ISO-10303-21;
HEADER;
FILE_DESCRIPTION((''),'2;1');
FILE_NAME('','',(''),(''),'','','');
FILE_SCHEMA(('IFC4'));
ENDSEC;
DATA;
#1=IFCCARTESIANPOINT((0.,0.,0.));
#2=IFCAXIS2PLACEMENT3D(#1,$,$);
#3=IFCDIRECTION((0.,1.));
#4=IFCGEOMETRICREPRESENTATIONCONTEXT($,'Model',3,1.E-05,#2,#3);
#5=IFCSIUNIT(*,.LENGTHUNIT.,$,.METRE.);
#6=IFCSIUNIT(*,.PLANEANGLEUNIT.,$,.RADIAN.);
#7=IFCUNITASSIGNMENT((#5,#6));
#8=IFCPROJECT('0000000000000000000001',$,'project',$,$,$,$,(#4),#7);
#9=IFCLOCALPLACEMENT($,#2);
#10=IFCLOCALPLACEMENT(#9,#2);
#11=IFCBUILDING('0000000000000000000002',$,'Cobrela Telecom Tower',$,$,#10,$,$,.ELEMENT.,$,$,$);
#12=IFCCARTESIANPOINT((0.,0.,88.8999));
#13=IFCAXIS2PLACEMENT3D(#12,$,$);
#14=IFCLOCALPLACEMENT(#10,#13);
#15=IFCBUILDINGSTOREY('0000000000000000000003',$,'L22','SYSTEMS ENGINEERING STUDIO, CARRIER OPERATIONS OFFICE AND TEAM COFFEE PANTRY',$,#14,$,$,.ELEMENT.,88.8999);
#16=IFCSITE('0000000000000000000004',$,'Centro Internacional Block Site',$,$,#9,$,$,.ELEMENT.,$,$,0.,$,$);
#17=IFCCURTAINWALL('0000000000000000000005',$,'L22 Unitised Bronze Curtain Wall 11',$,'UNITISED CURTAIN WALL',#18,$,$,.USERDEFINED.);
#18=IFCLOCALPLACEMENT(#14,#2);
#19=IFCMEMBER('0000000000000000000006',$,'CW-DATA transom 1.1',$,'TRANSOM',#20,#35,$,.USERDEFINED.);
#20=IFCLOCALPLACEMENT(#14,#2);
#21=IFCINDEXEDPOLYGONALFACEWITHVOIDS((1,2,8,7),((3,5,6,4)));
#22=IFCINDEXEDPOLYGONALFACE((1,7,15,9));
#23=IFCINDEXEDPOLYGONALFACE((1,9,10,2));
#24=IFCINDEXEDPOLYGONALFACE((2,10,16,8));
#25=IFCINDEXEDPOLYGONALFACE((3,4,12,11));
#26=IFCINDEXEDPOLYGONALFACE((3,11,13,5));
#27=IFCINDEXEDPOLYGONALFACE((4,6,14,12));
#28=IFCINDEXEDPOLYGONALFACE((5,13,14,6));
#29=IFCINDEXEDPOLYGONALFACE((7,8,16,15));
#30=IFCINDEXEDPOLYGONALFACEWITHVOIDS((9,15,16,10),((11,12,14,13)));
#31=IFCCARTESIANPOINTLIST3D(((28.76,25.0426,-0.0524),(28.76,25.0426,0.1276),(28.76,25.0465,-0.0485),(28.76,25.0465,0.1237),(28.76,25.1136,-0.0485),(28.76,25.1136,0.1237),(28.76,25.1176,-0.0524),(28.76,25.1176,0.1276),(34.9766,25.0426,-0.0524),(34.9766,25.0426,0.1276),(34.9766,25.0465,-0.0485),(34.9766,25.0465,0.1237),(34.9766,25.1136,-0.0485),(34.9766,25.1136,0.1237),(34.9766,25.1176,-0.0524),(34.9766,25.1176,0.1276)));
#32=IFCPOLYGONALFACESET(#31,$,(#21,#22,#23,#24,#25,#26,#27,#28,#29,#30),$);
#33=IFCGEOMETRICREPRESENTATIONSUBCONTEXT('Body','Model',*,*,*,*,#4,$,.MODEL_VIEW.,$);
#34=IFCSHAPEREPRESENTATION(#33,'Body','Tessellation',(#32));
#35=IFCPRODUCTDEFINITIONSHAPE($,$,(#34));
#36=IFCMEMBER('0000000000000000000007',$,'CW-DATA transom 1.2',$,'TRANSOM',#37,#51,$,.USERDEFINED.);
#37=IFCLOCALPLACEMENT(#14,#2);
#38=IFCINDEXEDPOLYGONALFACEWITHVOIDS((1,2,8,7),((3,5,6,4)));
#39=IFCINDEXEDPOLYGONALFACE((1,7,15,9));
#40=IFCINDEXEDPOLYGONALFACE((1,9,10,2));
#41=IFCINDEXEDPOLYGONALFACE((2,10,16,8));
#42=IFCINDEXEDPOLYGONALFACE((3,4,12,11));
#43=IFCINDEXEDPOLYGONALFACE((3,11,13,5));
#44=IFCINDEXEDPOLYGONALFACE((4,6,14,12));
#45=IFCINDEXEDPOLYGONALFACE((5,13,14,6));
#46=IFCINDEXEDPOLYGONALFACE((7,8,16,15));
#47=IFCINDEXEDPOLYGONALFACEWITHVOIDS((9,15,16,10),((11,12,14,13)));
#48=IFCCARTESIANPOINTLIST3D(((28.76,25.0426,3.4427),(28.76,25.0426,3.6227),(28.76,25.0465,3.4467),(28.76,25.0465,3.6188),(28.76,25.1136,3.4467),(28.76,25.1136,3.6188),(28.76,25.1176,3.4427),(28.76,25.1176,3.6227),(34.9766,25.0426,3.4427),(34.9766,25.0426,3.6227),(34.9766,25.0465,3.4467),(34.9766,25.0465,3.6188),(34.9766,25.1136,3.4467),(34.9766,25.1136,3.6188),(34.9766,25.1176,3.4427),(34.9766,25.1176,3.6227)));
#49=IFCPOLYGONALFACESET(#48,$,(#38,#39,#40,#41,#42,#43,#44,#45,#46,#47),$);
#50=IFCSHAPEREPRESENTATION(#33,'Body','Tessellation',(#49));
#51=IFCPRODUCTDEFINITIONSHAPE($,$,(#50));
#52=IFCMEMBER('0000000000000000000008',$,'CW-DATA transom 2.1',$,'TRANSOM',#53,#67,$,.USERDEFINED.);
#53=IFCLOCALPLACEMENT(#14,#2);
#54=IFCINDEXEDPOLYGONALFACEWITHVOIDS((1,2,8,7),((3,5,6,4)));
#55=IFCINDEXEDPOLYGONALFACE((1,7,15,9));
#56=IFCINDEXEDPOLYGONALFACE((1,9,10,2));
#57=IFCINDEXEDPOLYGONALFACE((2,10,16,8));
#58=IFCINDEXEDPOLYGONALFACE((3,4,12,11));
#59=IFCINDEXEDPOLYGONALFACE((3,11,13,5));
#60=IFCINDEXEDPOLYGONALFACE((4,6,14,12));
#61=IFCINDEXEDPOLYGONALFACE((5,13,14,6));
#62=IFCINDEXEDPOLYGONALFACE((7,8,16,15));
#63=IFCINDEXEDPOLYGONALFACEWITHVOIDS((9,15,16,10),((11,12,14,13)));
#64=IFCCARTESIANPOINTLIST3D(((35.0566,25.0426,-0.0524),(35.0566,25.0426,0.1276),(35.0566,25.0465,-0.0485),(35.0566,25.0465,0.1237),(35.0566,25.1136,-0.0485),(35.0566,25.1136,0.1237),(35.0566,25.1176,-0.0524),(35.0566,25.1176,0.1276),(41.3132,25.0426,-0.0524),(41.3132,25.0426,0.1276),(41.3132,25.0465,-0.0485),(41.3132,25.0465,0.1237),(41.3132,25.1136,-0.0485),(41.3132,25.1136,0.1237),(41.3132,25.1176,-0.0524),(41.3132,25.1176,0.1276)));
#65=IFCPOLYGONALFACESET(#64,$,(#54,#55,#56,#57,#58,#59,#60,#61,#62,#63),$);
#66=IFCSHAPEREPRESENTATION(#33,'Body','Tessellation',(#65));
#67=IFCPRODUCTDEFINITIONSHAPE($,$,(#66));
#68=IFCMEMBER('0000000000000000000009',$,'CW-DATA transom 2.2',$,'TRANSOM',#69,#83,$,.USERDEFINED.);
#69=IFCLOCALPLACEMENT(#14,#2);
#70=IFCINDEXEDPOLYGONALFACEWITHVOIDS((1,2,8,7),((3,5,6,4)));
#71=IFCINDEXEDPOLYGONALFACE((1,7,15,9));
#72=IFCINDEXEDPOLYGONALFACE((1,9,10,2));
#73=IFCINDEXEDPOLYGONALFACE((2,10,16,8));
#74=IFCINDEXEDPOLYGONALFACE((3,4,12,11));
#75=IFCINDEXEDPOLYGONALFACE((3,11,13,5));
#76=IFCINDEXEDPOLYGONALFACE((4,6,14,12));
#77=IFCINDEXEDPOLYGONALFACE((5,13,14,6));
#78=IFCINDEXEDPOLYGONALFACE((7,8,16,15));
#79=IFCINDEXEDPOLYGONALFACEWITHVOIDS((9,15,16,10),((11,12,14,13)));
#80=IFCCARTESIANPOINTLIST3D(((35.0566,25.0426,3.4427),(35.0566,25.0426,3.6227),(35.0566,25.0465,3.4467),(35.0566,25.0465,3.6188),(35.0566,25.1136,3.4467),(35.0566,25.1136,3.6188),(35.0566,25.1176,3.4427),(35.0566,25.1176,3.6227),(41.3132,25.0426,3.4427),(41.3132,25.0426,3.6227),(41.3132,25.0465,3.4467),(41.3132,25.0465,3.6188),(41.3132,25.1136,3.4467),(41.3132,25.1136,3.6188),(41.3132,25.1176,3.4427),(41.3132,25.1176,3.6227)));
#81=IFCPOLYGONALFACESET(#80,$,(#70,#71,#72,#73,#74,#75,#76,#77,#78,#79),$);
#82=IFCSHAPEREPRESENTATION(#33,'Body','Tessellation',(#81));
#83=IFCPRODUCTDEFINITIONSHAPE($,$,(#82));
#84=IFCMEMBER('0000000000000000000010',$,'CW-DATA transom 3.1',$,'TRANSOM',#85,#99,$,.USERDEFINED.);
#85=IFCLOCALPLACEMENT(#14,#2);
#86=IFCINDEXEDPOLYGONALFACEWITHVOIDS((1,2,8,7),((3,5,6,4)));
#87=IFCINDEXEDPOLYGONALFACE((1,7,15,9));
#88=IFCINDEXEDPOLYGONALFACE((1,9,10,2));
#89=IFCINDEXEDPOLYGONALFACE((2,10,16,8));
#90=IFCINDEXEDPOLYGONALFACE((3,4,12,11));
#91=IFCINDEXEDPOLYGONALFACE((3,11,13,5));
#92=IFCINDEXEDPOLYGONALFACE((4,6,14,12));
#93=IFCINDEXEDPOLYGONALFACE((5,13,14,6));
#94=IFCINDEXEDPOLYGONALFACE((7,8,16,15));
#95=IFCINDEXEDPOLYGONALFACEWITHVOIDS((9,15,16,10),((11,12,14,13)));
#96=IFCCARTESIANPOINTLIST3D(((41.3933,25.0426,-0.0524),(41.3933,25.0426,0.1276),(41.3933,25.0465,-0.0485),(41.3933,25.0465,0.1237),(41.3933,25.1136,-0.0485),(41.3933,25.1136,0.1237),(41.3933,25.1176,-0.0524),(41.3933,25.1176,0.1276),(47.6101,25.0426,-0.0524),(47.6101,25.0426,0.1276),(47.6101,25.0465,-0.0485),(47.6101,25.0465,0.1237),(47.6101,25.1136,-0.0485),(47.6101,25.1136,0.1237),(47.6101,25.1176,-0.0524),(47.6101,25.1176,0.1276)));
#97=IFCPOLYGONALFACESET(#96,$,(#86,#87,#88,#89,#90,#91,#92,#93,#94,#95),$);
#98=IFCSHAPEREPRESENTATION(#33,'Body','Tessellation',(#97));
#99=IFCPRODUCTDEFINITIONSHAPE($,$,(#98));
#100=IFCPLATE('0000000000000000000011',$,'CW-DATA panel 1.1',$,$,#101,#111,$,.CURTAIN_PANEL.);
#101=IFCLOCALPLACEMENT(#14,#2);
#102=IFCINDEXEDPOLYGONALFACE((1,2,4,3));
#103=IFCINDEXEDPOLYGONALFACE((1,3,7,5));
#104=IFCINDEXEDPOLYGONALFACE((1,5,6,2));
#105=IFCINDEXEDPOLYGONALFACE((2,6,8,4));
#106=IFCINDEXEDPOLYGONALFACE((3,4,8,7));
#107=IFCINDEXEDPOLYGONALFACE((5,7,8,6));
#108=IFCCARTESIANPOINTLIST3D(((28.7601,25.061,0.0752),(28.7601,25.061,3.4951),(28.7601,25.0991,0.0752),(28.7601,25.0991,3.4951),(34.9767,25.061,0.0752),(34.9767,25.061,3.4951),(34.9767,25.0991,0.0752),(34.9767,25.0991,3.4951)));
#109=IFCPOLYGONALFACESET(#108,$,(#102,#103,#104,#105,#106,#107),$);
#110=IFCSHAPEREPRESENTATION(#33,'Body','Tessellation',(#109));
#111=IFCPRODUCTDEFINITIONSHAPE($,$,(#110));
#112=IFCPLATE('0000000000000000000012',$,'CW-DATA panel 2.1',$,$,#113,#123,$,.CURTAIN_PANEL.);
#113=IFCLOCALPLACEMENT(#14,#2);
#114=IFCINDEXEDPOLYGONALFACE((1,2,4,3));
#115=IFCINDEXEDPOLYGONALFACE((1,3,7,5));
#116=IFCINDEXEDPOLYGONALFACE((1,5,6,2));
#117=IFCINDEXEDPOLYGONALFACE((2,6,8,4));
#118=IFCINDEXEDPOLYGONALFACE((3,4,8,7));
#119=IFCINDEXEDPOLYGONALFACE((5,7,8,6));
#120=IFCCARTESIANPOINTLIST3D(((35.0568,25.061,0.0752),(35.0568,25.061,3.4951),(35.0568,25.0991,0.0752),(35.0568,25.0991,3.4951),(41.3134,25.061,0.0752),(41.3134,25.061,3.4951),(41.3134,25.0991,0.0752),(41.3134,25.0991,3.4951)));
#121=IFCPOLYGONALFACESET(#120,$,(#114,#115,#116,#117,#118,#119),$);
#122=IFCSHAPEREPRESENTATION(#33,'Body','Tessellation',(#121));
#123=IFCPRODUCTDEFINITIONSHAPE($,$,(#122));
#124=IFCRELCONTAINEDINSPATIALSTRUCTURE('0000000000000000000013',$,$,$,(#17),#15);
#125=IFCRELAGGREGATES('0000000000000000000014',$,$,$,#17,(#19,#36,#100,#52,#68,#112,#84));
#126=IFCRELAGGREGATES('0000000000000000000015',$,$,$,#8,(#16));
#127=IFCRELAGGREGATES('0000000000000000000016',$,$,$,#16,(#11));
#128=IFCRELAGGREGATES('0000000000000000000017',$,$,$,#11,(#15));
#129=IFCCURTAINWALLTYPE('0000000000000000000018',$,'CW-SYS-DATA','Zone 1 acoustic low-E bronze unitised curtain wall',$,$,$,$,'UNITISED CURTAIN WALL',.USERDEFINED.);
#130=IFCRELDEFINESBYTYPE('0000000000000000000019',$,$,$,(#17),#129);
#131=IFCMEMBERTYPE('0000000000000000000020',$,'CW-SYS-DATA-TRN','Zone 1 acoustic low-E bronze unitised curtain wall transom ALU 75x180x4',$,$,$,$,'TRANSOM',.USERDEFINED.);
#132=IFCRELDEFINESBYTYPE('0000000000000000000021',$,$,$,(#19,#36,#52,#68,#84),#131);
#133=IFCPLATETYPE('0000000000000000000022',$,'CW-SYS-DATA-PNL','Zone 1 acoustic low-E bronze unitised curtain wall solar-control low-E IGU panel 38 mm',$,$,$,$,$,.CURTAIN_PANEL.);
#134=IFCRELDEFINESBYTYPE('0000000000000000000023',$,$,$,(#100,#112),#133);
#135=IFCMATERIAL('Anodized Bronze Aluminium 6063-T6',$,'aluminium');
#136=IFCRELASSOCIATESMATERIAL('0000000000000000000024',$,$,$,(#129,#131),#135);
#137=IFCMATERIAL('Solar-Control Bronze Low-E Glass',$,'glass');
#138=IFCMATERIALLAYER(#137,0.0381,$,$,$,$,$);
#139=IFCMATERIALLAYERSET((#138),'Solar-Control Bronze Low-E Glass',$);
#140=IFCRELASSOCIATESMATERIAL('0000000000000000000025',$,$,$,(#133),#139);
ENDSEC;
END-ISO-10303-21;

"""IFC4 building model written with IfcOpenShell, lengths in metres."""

from ifc_helpers import new_model, si_unit, direction, frame, origin, origin_2d, place, context, subcontext, project, spatial, rectangle, hollow_rectangle, extrude, material, layer, layer_set, material_profile, profile_set, type_object, element, aggregate, save


model = new_model("IFC4")

# Units and contexts
model_context = context("Model", 3, precision=1e-05, world=origin(), true_north=direction((0.0, 1.0)))
body_context = subcontext(model_context, "Body", "Model", "MODEL_VIEW")
ifc_project = project(units=[si_unit("LENGTHUNIT", "METRE"), si_unit("PLANEANGLEUNIT", "RADIAN")], contexts=[model_context])

# Site, building, storey
site_placement = place(None, origin())
site = spatial("IfcSite", under=ifc_project, at=site_placement, Name="Centro Internacional Block Site", CompositionType="ELEMENT", RefElevation=0.0)
building_placement = place(site_placement, origin())
building = spatial("IfcBuilding", under=site, at=building_placement, Name="Cobrela Telecom Tower", CompositionType="ELEMENT")
storey_placement = place(building_placement, frame((0.0, 0.0, 88.8999)))
storey = spatial("IfcBuildingStorey", under=building, at=storey_placement, Name="L22", Description="SYSTEMS ENGINEERING STUDIO, CARRIER OPERATIONS OFFICE AND TEAM COFFEE PANTRY", CompositionType="ELEMENT", Elevation=88.8999)

# Curtain wall, members, plates
ifc_material_1 = material(Name="Anodized Bronze Aluminium 6063-T6", Category="aluminium")
curtain_wall_type = type_object("IfcCurtainWallType", Name="CW-SYS-DATA", Description="Zone 1 acoustic low-E bronze unitised curtain wall", ElementType="UNITISED CURTAIN WALL", PredefinedType="USERDEFINED", material=ifc_material_1)
curtain_wall_placement = place(storey_placement, origin())
curtain_wall = element("IfcCurtainWall", 1, at=curtain_wall_placement, inside=storey, type_object=curtain_wall_type, Name="L22 Unitised Bronze Curtain Wall 11", ObjectType="UNITISED CURTAIN WALL", PredefinedType="USERDEFINED")
ifc_material_profile_1 = material_profile(ifc_material_1, hollow_rectangle(XDim=0.075, YDim=0.1799, WallThickness=0.0039, at=origin_2d()), Name="ALU 75x180x4")
ifc_profile_set_1 = profile_set([ifc_material_profile_1], Name="Anodized Bronze Aluminium 6063-T6")
member_type_1 = type_object("IfcMemberType", Name="CW-SYS-DATA-TRN", Description="Zone 1 acoustic low-E bronze unitised curtain wall transom ALU 75x180x4", ElementType="TRANSOM", PredefinedType="USERDEFINED", material=ifc_profile_set_1)
member_1_placement = place(storey_placement, frame((28.76, 25.0801, 0.0376), z_axis=(1.0, 0.0, 0.0), x_axis=(0.0, 1.0, 0.0)))
member_1 = element("IfcMember", 2, at=member_1_placement, type_object=member_type_1, Name="CW-DATA transom 1.1", ObjectType="TRANSOM", PredefinedType="USERDEFINED", context=body_context, shape_type="SweptSolid", body=[
    extrude(hollow_rectangle(XDim=0.075, YDim=0.1799, WallThickness=0.0039, at=origin_2d()), origin(), (0.0, 0.0, 1.0), 6.2166),
])
member_2_placement = place(storey_placement, frame((28.76, 25.0801, 3.5327), z_axis=(1.0, 0.0, 0.0), x_axis=(0.0, 1.0, 0.0)))
member_2 = element("IfcMember", 3, at=member_2_placement, type_object=member_type_1, Name="CW-DATA transom 1.2", ObjectType="TRANSOM", PredefinedType="USERDEFINED", context=body_context, shape_type="SweptSolid", body=[
    extrude(hollow_rectangle(XDim=0.075, YDim=0.1799, WallThickness=0.0039, at=origin_2d()), origin(), (0.0, 0.0, 1.0), 6.2166),
])
member_3_placement = place(storey_placement, frame((35.0566, 25.0801, 0.0376), z_axis=(1.0, 0.0, 0.0), x_axis=(0.0, 1.0, 0.0)))
member_3 = element("IfcMember", 4, at=member_3_placement, type_object=member_type_1, Name="CW-DATA transom 2.1", ObjectType="TRANSOM", PredefinedType="USERDEFINED", context=body_context, shape_type="SweptSolid", body=[
    extrude(hollow_rectangle(XDim=0.075, YDim=0.1799, WallThickness=0.0039, at=origin_2d()), origin(), (0.0, 0.0, 1.0), 6.2566),
])
member_4_placement = place(storey_placement, frame((35.0566, 25.0801, 3.5327), z_axis=(1.0, 0.0, 0.0), x_axis=(0.0, 1.0, 0.0)))
member_4 = element("IfcMember", 5, at=member_4_placement, type_object=member_type_1, Name="CW-DATA transom 2.2", ObjectType="TRANSOM", PredefinedType="USERDEFINED", context=body_context, shape_type="SweptSolid", body=[
    extrude(hollow_rectangle(XDim=0.075, YDim=0.1799, WallThickness=0.0039, at=origin_2d()), origin(), (0.0, 0.0, 1.0), 6.2566),
])
member_5_placement = place(storey_placement, frame((41.3933, 25.0801, 0.0376), z_axis=(1.0, 0.0, 0.0), x_axis=(0.0, 1.0, 0.0)))
member_5 = element("IfcMember", 6, at=member_5_placement, type_object=member_type_1, Name="CW-DATA transom 3.1", ObjectType="TRANSOM", PredefinedType="USERDEFINED", context=body_context, shape_type="SweptSolid", body=[
    extrude(hollow_rectangle(XDim=0.075, YDim=0.1799, WallThickness=0.0039, at=origin_2d()), origin(), (0.0, 0.0, 1.0), 6.2168),
])
ifc_material_2 = material(Name="Solar-Control Bronze Low-E Glass", Category="glass")
ifc_layer = layer(ifc_material_2, 0.0381)
ifc_layer_set = layer_set([ifc_layer], Name="Solar-Control Bronze Low-E Glass")
plate_type = type_object("IfcPlateType", Name="CW-SYS-DATA-PNL", Description="Zone 1 acoustic low-E bronze unitised curtain wall solar-control low-E IGU panel 38 mm", PredefinedType="CURTAIN_PANEL", material=ifc_layer_set)
plate_1_placement = place(storey_placement, frame((31.8684, 25.0801, 0.0752), z_axis=(0.0, 0.0, 1.0), x_axis=(1.0, 0.0, 0.0)))
plate_1 = element("IfcPlate", 7, at=plate_1_placement, type_object=plate_type, Name="CW-DATA panel 1.1", PredefinedType="CURTAIN_PANEL", context=body_context, shape_type="SweptSolid", body=[
    extrude(rectangle(XDim=6.2166, YDim=0.0381, at=origin_2d()), origin(), (0.0, 0.0, 1.0), 3.4199),
])
plate_2_placement = place(storey_placement, frame((38.1851, 25.0801, 0.0752), z_axis=(0.0, 0.0, 1.0), x_axis=(1.0, 0.0, 0.0)))
plate_2 = element("IfcPlate", 8, at=plate_2_placement, type_object=plate_type, Name="CW-DATA panel 2.1", PredefinedType="CURTAIN_PANEL", context=body_context, shape_type="SweptSolid", body=[
    extrude(rectangle(XDim=6.2566, YDim=0.0381, at=origin_2d()), origin(), (0.0, 0.0, 1.0), 3.4199),
])
aggregate(curtain_wall, [member_1, member_2, plate_1, member_3, member_4, plate_2, member_5])

save(model, "model.ifc")
